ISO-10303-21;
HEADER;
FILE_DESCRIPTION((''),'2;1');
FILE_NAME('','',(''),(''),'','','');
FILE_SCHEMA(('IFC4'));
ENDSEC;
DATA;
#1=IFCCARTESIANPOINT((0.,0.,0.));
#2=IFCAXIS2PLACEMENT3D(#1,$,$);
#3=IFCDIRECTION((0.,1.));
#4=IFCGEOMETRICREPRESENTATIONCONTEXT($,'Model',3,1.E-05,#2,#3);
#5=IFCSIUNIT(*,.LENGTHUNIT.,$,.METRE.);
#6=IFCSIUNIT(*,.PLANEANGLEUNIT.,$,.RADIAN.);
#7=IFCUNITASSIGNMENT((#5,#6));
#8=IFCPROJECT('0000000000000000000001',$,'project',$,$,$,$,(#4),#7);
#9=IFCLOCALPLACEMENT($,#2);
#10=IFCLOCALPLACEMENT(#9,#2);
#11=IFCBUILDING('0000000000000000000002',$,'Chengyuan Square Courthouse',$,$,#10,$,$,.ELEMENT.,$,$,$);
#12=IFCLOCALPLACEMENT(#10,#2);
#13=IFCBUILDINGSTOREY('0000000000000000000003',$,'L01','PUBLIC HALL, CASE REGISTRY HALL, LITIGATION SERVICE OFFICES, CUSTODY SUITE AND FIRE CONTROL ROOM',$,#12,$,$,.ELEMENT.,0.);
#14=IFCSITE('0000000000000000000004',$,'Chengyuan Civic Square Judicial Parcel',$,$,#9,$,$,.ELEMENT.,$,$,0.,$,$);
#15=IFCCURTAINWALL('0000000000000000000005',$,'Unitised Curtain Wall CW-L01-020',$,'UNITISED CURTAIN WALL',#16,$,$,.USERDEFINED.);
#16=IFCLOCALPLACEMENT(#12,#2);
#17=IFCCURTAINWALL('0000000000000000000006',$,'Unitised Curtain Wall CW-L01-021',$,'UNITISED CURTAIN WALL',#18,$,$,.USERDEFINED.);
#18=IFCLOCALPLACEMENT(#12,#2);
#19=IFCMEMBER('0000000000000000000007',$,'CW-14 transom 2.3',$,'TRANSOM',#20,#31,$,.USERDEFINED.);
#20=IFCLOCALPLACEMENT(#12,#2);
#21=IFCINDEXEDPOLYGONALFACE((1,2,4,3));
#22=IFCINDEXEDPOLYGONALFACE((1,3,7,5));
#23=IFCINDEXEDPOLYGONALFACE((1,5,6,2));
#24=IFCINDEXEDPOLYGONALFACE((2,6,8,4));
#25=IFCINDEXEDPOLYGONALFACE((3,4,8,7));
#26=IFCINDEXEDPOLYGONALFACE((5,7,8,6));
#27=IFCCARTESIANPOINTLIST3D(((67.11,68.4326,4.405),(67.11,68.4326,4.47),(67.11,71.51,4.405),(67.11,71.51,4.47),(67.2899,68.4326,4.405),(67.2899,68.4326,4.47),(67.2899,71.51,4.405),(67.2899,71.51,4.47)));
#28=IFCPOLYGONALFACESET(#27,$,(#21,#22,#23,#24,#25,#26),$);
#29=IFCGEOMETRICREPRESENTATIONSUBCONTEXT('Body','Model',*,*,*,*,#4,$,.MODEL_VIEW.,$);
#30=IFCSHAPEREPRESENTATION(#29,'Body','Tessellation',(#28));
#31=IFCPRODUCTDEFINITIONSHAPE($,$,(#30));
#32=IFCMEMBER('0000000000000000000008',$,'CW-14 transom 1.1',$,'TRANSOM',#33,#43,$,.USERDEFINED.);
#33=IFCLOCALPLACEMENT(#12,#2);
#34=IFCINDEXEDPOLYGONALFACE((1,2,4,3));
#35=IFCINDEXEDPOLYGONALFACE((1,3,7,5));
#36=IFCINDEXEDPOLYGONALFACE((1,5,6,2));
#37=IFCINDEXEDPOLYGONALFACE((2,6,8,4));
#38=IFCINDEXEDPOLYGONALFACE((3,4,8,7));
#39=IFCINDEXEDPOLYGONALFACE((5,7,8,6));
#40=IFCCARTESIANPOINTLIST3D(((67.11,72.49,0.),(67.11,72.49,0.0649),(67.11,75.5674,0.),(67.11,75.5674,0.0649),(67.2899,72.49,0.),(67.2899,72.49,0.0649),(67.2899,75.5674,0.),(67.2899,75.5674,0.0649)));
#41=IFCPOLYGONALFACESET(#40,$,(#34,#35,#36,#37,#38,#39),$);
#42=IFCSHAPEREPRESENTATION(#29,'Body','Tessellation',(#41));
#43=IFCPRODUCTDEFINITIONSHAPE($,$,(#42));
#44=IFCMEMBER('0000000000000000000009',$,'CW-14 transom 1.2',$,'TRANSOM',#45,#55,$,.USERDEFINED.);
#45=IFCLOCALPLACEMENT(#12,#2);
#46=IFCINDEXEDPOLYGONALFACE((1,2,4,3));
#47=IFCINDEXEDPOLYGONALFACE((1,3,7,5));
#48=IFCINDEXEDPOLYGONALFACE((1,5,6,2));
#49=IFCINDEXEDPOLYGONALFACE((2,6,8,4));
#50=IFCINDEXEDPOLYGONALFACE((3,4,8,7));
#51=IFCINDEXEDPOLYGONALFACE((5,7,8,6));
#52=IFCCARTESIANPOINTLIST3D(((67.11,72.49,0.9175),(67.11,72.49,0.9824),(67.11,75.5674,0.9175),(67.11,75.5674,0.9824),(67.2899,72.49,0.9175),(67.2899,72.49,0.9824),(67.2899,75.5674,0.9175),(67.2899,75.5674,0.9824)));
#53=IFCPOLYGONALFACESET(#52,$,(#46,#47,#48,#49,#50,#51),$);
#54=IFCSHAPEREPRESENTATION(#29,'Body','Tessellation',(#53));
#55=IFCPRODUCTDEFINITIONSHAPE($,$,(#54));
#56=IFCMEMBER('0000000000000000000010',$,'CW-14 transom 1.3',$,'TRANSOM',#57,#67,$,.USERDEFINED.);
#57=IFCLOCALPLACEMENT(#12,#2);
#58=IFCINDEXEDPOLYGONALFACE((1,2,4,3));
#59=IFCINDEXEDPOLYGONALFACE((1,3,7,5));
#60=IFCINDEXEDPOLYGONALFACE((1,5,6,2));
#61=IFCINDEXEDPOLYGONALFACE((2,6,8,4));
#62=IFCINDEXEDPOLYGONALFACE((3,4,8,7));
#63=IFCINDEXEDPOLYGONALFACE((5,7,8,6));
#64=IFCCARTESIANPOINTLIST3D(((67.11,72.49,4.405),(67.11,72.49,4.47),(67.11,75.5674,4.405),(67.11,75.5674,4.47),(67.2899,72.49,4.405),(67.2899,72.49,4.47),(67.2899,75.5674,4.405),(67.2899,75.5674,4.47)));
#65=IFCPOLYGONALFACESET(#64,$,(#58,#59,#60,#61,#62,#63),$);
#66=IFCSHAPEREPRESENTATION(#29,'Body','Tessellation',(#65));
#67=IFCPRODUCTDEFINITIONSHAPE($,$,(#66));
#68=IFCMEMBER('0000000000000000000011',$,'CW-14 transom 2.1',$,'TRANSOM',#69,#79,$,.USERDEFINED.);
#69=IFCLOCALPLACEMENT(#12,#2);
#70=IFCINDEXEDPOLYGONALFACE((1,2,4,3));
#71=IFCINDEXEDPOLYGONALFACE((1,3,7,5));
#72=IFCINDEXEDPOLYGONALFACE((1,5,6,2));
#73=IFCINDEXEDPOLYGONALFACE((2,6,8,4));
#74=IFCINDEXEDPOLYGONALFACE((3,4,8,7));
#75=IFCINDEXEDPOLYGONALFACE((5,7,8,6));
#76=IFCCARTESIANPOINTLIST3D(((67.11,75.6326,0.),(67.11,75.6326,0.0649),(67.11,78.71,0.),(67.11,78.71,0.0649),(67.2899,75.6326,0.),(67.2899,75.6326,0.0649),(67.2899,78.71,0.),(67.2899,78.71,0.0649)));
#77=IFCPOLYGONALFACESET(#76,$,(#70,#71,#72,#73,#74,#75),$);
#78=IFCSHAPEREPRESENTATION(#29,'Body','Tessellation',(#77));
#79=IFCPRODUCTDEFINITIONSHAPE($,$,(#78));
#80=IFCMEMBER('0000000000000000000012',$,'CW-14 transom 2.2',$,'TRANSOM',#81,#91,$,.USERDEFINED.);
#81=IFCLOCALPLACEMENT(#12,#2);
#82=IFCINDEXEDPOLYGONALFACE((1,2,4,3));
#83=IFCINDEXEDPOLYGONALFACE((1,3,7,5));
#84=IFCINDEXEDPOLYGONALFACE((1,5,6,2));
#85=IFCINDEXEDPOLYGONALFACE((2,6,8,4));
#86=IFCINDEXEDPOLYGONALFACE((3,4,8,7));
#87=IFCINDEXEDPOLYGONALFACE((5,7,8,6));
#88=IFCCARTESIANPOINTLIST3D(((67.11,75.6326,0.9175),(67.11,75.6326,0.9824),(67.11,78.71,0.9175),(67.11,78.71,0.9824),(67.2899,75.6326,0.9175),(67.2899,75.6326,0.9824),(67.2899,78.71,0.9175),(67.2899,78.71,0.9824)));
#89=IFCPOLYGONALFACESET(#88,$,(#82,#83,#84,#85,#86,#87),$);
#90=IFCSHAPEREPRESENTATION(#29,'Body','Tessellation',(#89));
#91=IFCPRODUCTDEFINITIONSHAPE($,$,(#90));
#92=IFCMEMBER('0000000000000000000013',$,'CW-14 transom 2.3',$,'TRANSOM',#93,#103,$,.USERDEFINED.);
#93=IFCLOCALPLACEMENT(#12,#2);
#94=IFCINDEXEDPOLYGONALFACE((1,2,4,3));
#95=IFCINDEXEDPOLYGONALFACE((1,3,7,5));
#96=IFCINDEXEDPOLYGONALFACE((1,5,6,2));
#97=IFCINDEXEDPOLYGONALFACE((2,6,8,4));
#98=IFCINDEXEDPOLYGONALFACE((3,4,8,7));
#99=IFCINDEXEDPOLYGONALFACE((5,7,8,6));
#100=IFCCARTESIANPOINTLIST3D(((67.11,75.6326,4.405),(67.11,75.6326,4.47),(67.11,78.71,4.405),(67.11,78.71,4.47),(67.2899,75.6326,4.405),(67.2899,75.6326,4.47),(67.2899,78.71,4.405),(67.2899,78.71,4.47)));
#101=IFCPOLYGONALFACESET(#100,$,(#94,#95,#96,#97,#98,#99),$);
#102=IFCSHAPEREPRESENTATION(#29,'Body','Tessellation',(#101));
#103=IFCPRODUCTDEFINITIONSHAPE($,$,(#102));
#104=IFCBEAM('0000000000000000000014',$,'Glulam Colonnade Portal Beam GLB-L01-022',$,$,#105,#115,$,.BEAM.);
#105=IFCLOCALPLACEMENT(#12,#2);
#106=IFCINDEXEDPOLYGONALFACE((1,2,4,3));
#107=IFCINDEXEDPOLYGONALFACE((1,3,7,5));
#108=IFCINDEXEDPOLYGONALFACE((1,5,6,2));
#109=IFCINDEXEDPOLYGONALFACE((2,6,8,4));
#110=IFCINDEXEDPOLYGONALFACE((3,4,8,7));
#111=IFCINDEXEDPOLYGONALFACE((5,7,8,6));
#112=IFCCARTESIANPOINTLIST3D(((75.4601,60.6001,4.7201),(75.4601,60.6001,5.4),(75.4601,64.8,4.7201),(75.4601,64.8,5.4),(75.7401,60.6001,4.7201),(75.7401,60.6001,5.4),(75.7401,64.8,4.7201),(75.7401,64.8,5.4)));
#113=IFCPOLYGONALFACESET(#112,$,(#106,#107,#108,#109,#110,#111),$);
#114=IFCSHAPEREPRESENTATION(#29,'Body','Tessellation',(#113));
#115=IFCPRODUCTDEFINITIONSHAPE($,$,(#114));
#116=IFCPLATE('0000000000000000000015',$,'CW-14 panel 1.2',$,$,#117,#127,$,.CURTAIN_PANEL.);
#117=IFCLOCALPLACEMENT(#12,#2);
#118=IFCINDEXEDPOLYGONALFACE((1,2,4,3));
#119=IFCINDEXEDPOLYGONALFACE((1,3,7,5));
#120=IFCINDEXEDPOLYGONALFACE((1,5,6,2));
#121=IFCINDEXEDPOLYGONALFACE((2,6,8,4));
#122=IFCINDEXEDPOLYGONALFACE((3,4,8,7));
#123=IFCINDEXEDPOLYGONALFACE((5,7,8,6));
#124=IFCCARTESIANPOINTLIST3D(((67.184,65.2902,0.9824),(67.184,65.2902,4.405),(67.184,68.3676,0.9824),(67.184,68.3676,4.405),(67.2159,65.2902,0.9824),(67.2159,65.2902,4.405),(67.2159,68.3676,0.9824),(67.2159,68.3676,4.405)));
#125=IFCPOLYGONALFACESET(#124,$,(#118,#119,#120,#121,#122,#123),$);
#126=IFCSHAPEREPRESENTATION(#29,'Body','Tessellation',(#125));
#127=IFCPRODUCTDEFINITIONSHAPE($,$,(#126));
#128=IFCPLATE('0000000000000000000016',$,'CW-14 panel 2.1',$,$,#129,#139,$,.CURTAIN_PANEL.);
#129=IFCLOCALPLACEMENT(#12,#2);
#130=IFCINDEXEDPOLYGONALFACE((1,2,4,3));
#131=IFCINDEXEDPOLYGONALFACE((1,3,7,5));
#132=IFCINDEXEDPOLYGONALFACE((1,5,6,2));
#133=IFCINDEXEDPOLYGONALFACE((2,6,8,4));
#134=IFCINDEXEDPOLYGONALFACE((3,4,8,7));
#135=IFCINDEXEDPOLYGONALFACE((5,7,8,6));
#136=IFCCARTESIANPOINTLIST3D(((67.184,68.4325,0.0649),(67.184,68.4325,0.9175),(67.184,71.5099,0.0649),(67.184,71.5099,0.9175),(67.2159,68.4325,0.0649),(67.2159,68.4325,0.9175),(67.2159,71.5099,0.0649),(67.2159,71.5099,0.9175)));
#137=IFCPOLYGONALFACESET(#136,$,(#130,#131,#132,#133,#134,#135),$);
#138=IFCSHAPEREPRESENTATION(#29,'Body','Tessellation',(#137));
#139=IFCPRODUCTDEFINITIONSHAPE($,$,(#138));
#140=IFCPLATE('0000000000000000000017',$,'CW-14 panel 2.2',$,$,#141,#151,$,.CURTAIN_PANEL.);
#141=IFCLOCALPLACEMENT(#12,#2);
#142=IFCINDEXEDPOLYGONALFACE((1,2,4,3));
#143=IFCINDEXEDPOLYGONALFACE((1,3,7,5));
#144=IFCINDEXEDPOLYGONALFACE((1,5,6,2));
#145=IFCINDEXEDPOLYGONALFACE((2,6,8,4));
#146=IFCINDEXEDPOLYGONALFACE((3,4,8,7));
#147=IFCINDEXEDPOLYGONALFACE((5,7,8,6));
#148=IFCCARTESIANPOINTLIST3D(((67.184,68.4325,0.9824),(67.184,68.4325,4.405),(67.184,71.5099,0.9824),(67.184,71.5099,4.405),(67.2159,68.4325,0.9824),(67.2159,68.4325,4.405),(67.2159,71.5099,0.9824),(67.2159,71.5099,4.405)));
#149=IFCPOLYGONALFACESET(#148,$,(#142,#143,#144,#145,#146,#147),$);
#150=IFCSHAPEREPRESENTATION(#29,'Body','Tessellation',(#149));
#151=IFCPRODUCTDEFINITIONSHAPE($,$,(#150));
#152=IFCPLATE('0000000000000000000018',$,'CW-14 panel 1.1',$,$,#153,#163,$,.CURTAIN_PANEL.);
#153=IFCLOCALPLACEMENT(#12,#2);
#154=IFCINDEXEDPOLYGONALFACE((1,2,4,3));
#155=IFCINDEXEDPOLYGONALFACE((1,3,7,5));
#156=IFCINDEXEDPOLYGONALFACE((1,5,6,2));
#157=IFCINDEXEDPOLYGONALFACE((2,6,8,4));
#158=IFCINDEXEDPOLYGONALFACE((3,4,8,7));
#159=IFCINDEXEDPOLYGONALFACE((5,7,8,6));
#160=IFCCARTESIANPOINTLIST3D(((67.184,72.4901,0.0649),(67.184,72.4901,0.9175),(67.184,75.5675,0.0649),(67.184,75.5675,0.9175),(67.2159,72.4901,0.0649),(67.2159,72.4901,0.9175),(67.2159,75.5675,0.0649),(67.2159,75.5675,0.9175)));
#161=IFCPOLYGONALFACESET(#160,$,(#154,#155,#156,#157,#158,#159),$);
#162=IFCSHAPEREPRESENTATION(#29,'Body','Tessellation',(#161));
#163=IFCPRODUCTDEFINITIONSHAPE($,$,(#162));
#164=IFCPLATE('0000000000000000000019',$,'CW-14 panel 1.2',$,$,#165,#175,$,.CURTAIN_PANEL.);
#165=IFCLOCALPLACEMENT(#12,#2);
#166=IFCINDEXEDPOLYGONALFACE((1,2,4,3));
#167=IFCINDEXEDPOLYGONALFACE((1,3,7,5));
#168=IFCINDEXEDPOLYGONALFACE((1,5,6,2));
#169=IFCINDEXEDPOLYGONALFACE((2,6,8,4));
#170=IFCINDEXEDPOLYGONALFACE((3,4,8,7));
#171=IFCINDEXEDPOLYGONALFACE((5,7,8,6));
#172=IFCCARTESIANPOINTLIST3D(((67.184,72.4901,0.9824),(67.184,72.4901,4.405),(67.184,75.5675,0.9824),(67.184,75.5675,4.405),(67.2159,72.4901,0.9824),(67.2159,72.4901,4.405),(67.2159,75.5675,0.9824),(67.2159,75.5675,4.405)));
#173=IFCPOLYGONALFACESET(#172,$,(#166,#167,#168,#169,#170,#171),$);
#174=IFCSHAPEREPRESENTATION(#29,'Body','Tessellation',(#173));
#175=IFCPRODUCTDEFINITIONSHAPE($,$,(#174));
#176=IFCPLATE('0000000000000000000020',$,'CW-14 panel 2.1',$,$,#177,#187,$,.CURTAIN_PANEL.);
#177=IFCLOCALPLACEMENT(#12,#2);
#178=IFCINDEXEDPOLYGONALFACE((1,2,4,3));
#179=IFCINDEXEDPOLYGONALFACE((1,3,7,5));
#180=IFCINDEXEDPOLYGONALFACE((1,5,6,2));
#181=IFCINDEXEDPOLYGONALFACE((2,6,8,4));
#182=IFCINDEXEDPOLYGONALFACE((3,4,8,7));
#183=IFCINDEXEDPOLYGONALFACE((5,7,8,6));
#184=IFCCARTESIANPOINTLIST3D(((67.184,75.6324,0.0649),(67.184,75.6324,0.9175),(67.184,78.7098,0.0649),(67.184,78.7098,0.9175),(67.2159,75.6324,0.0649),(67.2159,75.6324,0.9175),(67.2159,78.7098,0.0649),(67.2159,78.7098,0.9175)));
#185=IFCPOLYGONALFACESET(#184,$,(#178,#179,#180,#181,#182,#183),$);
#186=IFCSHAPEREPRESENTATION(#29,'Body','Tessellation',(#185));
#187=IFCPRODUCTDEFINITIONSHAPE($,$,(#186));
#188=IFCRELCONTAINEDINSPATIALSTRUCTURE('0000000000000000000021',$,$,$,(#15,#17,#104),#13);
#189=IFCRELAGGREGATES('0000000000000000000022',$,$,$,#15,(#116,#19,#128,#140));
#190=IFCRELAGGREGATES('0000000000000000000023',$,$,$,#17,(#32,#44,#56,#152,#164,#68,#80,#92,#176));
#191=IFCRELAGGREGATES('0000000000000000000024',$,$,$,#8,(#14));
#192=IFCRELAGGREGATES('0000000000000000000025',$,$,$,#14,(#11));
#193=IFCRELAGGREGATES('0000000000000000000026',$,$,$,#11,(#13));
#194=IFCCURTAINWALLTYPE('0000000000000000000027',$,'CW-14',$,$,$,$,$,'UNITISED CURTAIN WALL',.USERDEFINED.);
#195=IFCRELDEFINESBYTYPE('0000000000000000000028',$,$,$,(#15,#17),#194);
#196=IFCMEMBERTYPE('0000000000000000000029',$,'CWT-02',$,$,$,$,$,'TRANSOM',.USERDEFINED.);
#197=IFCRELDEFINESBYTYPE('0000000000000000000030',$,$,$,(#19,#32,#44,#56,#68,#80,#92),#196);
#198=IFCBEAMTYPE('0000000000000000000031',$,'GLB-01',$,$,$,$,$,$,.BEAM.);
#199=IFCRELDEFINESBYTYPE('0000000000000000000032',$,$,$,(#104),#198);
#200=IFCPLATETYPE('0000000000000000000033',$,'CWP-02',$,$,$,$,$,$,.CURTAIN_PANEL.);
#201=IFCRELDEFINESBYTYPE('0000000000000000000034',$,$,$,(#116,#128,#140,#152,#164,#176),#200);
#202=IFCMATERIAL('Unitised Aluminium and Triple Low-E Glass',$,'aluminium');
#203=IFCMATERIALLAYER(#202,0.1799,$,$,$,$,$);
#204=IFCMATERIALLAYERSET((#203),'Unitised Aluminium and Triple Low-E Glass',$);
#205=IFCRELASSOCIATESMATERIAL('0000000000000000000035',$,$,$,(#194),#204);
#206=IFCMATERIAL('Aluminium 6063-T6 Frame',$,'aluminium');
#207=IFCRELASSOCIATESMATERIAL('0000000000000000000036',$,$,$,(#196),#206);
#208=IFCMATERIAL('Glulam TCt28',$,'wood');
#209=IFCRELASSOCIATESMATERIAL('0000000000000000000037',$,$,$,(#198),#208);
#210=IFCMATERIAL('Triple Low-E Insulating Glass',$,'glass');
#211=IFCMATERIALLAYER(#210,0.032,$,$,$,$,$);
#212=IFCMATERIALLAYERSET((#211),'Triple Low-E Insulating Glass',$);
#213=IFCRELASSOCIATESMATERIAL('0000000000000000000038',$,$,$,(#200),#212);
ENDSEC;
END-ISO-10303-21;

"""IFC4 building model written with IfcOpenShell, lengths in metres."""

from ifc_helpers import new_model, si_unit, direction, frame, origin, origin_2d, place, context, subcontext, project, spatial, rectangle, extrude, material, layer, layer_set, material_profile, profile_set, type_object, element, aggregate, save


model = new_model("IFC4")

# Units and contexts
model_context = context("Model", 3, precision=1e-05, world=origin(), true_north=direction((0.0, 1.0)))
body_context = subcontext(model_context, "Body", "Model", "MODEL_VIEW")
ifc_project = project(units=[si_unit("LENGTHUNIT", "METRE"), si_unit("PLANEANGLEUNIT", "RADIAN")], contexts=[model_context])

# Site, building, storey
site_placement = place(None, origin())
site = spatial("IfcSite", under=ifc_project, at=site_placement, Name="Chengyuan Civic Square Judicial Parcel", CompositionType="ELEMENT", RefElevation=0.0)
building_placement = place(site_placement, origin())
building = spatial("IfcBuilding", under=site, at=building_placement, Name="Chengyuan Square Courthouse", CompositionType="ELEMENT")
storey_placement = place(building_placement, origin())
storey = spatial("IfcBuildingStorey", under=building, at=storey_placement, Name="L01", Description="PUBLIC HALL, CASE REGISTRY HALL, LITIGATION SERVICE OFFICES, CUSTODY SUITE AND FIRE CONTROL ROOM", CompositionType="ELEMENT", Elevation=0.0)

# Shared definitions
ifc_material_1 = material(Name="Glulam TCt28", Category="wood")

# Curtain walls
ifc_material_2 = material(Name="Unitised Aluminium and Triple Low-E Glass", Category="aluminium")
ifc_layer_1 = layer(ifc_material_2, 0.1799)
ifc_layer_set_1 = layer_set([ifc_layer_1], Name="Unitised Aluminium and Triple Low-E Glass")
curtain_wall_type = type_object("IfcCurtainWallType", Name="CW-14", ElementType="UNITISED CURTAIN WALL", PredefinedType="USERDEFINED", material=ifc_layer_set_1)
curtain_wall_1_placement = place(storey_placement, origin())
curtain_wall_1 = element("IfcCurtainWall", 1, at=curtain_wall_1_placement, inside=storey, type_object=curtain_wall_type, Name="Unitised Curtain Wall CW-L01-020", ObjectType="UNITISED CURTAIN WALL", PredefinedType="USERDEFINED")
ifc_material_3 = material(Name="Aluminium 6063-T6 Frame", Category="aluminium")
curtain_wall_2_placement = place(storey_placement, origin())
curtain_wall_2 = element("IfcCurtainWall", 2, at=curtain_wall_2_placement, inside=storey, type_object=curtain_wall_type, Name="Unitised Curtain Wall CW-L01-021", ObjectType="UNITISED CURTAIN WALL", PredefinedType="USERDEFINED")

# Members
ifc_material_profile_1 = material_profile(ifc_material_3, rectangle(XDim=0.1799, YDim=0.0649, at=origin_2d()), Name="CW-TRN-65x140")
ifc_profile_set_1 = profile_set([ifc_material_profile_1], Name="Aluminium 6063-T6 Frame")
member_type_1 = type_object("IfcMemberType", Name="CWT-02", ElementType="TRANSOM", PredefinedType="USERDEFINED", material=ifc_profile_set_1)
member_1_placement = place(storey_placement, frame((67.2, 68.4326, 4.4375), z_axis=(0.0, 1.0, 0.0), x_axis=(-1.0, 0.0, 0.0)))
member_1 = element("IfcMember", 3, at=member_1_placement, type_object=member_type_1, Name="CW-14 transom 2.3", ObjectType="TRANSOM", PredefinedType="USERDEFINED", context=body_context, shape_type="SweptSolid", body=[
    extrude(rectangle(XDim=0.1799, YDim=0.0649, at=origin_2d()), origin(), (0.0, 0.0, 1.0), 3.0774),
])
member_2_placement = place(storey_placement, frame((67.2, 72.49, 0.0325), z_axis=(0.0, 1.0, 0.0), x_axis=(-1.0, 0.0, 0.0)))
member_2 = element("IfcMember", 4, at=member_2_placement, type_object=member_type_1, Name="CW-14 transom 1.1", ObjectType="TRANSOM", PredefinedType="USERDEFINED", context=body_context, shape_type="SweptSolid", body=[
    extrude(rectangle(XDim=0.1799, YDim=0.0649, at=origin_2d()), origin(), (0.0, 0.0, 1.0), 3.0774),
])
member_3_placement = place(storey_placement, frame((67.2, 72.49, 0.95), z_axis=(0.0, 1.0, 0.0), x_axis=(-1.0, 0.0, 0.0)))
member_3 = element("IfcMember", 5, at=member_3_placement, type_object=member_type_1, Name="CW-14 transom 1.2", ObjectType="TRANSOM", PredefinedType="USERDEFINED", context=body_context, shape_type="SweptSolid", body=[
    extrude(rectangle(XDim=0.1799, YDim=0.0649, at=origin_2d()), origin(), (0.0, 0.0, 1.0), 3.0774),
])
member_4_placement = place(storey_placement, frame((67.2, 72.49, 4.4375), z_axis=(0.0, 1.0, 0.0), x_axis=(-1.0, 0.0, 0.0)))
member_4 = element("IfcMember", 6, at=member_4_placement, type_object=member_type_1, Name="CW-14 transom 1.3", ObjectType="TRANSOM", PredefinedType="USERDEFINED", context=body_context, shape_type="SweptSolid", body=[
    extrude(rectangle(XDim=0.1799, YDim=0.0649, at=origin_2d()), origin(), (0.0, 0.0, 1.0), 3.0774),
])
member_5_placement = place(storey_placement, frame((67.2, 75.6326, 0.0325), z_axis=(0.0, 1.0, 0.0), x_axis=(-1.0, 0.0, 0.0)))
member_5 = element("IfcMember", 7, at=member_5_placement, type_object=member_type_1, Name="CW-14 transom 2.1", ObjectType="TRANSOM", PredefinedType="USERDEFINED", context=body_context, shape_type="SweptSolid", body=[
    extrude(rectangle(XDim=0.1799, YDim=0.0649, at=origin_2d()), origin(), (0.0, 0.0, 1.0), 3.0774),
])
member_6_placement = place(storey_placement, frame((67.2, 75.6326, 0.95), z_axis=(0.0, 1.0, 0.0), x_axis=(-1.0, 0.0, 0.0)))
member_6 = element("IfcMember", 8, at=member_6_placement, type_object=member_type_1, Name="CW-14 transom 2.2", ObjectType="TRANSOM", PredefinedType="USERDEFINED", context=body_context, shape_type="SweptSolid", body=[
    extrude(rectangle(XDim=0.1799, YDim=0.0649, at=origin_2d()), origin(), (0.0, 0.0, 1.0), 3.0774),
])
member_7_placement = place(storey_placement, frame((67.2, 75.6326, 4.4375), z_axis=(0.0, 1.0, 0.0), x_axis=(-1.0, 0.0, 0.0)))
member_7 = element("IfcMember", 9, at=member_7_placement, type_object=member_type_1, Name="CW-14 transom 2.3", ObjectType="TRANSOM", PredefinedType="USERDEFINED", context=body_context, shape_type="SweptSolid", body=[
    extrude(rectangle(XDim=0.1799, YDim=0.0649, at=origin_2d()), origin(), (0.0, 0.0, 1.0), 3.0774),
])

# Beam
ifc_material_profile_2 = material_profile(ifc_material_1, rectangle(XDim=0.28, YDim=0.6799, at=origin_2d()), Name="GL-BM-280x680")
ifc_profile_set_2 = profile_set([ifc_material_profile_2], Name="Glulam TCt28")
beam_type_1 = type_object("IfcBeamType", Name="GLB-01", PredefinedType="BEAM", material=ifc_profile_set_2)
beam_1_placement = place(storey_placement, frame((75.6001, 64.8, 5.0601), z_axis=(0.0, -1.0, 0.0), x_axis=(1.0, 0.0, 0.0)))
element("IfcBeam", 10, at=beam_1_placement, inside=storey, type_object=beam_type_1, Name="Glulam Colonnade Portal Beam GLB-L01-022", PredefinedType="BEAM", context=body_context, shape_type="SweptSolid", body=[
    extrude(rectangle(XDim=0.28, YDim=0.6799, at=origin_2d()), origin(), (0.0, 0.0, 1.0), 4.2),
])

# Plates
ifc_material_4 = material(Name="Triple Low-E Insulating Glass", Category="glass")
ifc_layer_2 = layer(ifc_material_4, 0.032)
ifc_layer_set_2 = layer_set([ifc_layer_2], Name="Triple Low-E Insulating Glass")
plate_type = type_object("IfcPlateType", Name="CWP-02", PredefinedType="CURTAIN_PANEL", material=ifc_layer_set_2)
plate_1_placement = place(storey_placement, frame((67.2, 66.8289, 0.9824), z_axis=(0.0, 0.0, 1.0), x_axis=(0.0, 1.0, 0.0)))
plate_1 = element("IfcPlate", 11, at=plate_1_placement, type_object=plate_type, Name="CW-14 panel 1.2", PredefinedType="CURTAIN_PANEL", context=body_context, shape_type="SweptSolid", body=[
    extrude(rectangle(XDim=3.0774, YDim=0.032, at=origin_2d()), origin(), (0.0, 0.0, 1.0), 3.4226),
])
plate_2_placement = place(storey_placement, frame((67.2, 69.9712, 0.0649), z_axis=(0.0, 0.0, 1.0), x_axis=(0.0, 1.0, 0.0)))
plate_2 = element("IfcPlate", 12, at=plate_2_placement, type_object=plate_type, Name="CW-14 panel 2.1", PredefinedType="CURTAIN_PANEL", context=body_context, shape_type="SweptSolid", body=[
    extrude(rectangle(XDim=3.0774, YDim=0.032, at=origin_2d()), origin(), (0.0, 0.0, 1.0), 0.8525),
])
plate_3_placement = place(storey_placement, frame((67.2, 69.9712, 0.9824), z_axis=(0.0, 0.0, 1.0), x_axis=(0.0, 1.0, 0.0)))
plate_3 = element("IfcPlate", 13, at=plate_3_placement, type_object=plate_type, Name="CW-14 panel 2.2", PredefinedType="CURTAIN_PANEL", context=body_context, shape_type="SweptSolid", body=[
    extrude(rectangle(XDim=3.0774, YDim=0.032, at=origin_2d()), origin(), (0.0, 0.0, 1.0), 3.4226),
])
aggregate(curtain_wall_1, [plate_1, member_1, plate_2, plate_3])
plate_4_placement = place(storey_placement, frame((67.2, 74.0288, 0.0649), z_axis=(0.0, 0.0, 1.0), x_axis=(0.0, 1.0, 0.0)))
plate_4 = element("IfcPlate", 14, at=plate_4_placement, type_object=plate_type, Name="CW-14 panel 1.1", PredefinedType="CURTAIN_PANEL", context=body_context, shape_type="SweptSolid", body=[
    extrude(rectangle(XDim=3.0774, YDim=0.032, at=origin_2d()), origin(), (0.0, 0.0, 1.0), 0.8525),
])
plate_5_placement = place(storey_placement, frame((67.2, 74.0288, 0.9824), z_axis=(0.0, 0.0, 1.0), x_axis=(0.0, 1.0, 0.0)))
plate_5 = element("IfcPlate", 15, at=plate_5_placement, type_object=plate_type, Name="CW-14 panel 1.2", PredefinedType="CURTAIN_PANEL", context=body_context, shape_type="SweptSolid", body=[
    extrude(rectangle(XDim=3.0774, YDim=0.032, at=origin_2d()), origin(), (0.0, 0.0, 1.0), 3.4226),
])
plate_6_placement = place(storey_placement, frame((67.2, 77.1711, 0.0649), z_axis=(0.0, 0.0, 1.0), x_axis=(0.0, 1.0, 0.0)))
plate_6 = element("IfcPlate", 16, at=plate_6_placement, type_object=plate_type, Name="CW-14 panel 2.1", PredefinedType="CURTAIN_PANEL", context=body_context, shape_type="SweptSolid", body=[
    extrude(rectangle(XDim=3.0774, YDim=0.032, at=origin_2d()), origin(), (0.0, 0.0, 1.0), 0.8525),
])
aggregate(curtain_wall_2, [member_2, member_3, member_4, plate_4, plate_5, member_5, member_6, member_7, plate_6])

save(model, "model.ifc")
